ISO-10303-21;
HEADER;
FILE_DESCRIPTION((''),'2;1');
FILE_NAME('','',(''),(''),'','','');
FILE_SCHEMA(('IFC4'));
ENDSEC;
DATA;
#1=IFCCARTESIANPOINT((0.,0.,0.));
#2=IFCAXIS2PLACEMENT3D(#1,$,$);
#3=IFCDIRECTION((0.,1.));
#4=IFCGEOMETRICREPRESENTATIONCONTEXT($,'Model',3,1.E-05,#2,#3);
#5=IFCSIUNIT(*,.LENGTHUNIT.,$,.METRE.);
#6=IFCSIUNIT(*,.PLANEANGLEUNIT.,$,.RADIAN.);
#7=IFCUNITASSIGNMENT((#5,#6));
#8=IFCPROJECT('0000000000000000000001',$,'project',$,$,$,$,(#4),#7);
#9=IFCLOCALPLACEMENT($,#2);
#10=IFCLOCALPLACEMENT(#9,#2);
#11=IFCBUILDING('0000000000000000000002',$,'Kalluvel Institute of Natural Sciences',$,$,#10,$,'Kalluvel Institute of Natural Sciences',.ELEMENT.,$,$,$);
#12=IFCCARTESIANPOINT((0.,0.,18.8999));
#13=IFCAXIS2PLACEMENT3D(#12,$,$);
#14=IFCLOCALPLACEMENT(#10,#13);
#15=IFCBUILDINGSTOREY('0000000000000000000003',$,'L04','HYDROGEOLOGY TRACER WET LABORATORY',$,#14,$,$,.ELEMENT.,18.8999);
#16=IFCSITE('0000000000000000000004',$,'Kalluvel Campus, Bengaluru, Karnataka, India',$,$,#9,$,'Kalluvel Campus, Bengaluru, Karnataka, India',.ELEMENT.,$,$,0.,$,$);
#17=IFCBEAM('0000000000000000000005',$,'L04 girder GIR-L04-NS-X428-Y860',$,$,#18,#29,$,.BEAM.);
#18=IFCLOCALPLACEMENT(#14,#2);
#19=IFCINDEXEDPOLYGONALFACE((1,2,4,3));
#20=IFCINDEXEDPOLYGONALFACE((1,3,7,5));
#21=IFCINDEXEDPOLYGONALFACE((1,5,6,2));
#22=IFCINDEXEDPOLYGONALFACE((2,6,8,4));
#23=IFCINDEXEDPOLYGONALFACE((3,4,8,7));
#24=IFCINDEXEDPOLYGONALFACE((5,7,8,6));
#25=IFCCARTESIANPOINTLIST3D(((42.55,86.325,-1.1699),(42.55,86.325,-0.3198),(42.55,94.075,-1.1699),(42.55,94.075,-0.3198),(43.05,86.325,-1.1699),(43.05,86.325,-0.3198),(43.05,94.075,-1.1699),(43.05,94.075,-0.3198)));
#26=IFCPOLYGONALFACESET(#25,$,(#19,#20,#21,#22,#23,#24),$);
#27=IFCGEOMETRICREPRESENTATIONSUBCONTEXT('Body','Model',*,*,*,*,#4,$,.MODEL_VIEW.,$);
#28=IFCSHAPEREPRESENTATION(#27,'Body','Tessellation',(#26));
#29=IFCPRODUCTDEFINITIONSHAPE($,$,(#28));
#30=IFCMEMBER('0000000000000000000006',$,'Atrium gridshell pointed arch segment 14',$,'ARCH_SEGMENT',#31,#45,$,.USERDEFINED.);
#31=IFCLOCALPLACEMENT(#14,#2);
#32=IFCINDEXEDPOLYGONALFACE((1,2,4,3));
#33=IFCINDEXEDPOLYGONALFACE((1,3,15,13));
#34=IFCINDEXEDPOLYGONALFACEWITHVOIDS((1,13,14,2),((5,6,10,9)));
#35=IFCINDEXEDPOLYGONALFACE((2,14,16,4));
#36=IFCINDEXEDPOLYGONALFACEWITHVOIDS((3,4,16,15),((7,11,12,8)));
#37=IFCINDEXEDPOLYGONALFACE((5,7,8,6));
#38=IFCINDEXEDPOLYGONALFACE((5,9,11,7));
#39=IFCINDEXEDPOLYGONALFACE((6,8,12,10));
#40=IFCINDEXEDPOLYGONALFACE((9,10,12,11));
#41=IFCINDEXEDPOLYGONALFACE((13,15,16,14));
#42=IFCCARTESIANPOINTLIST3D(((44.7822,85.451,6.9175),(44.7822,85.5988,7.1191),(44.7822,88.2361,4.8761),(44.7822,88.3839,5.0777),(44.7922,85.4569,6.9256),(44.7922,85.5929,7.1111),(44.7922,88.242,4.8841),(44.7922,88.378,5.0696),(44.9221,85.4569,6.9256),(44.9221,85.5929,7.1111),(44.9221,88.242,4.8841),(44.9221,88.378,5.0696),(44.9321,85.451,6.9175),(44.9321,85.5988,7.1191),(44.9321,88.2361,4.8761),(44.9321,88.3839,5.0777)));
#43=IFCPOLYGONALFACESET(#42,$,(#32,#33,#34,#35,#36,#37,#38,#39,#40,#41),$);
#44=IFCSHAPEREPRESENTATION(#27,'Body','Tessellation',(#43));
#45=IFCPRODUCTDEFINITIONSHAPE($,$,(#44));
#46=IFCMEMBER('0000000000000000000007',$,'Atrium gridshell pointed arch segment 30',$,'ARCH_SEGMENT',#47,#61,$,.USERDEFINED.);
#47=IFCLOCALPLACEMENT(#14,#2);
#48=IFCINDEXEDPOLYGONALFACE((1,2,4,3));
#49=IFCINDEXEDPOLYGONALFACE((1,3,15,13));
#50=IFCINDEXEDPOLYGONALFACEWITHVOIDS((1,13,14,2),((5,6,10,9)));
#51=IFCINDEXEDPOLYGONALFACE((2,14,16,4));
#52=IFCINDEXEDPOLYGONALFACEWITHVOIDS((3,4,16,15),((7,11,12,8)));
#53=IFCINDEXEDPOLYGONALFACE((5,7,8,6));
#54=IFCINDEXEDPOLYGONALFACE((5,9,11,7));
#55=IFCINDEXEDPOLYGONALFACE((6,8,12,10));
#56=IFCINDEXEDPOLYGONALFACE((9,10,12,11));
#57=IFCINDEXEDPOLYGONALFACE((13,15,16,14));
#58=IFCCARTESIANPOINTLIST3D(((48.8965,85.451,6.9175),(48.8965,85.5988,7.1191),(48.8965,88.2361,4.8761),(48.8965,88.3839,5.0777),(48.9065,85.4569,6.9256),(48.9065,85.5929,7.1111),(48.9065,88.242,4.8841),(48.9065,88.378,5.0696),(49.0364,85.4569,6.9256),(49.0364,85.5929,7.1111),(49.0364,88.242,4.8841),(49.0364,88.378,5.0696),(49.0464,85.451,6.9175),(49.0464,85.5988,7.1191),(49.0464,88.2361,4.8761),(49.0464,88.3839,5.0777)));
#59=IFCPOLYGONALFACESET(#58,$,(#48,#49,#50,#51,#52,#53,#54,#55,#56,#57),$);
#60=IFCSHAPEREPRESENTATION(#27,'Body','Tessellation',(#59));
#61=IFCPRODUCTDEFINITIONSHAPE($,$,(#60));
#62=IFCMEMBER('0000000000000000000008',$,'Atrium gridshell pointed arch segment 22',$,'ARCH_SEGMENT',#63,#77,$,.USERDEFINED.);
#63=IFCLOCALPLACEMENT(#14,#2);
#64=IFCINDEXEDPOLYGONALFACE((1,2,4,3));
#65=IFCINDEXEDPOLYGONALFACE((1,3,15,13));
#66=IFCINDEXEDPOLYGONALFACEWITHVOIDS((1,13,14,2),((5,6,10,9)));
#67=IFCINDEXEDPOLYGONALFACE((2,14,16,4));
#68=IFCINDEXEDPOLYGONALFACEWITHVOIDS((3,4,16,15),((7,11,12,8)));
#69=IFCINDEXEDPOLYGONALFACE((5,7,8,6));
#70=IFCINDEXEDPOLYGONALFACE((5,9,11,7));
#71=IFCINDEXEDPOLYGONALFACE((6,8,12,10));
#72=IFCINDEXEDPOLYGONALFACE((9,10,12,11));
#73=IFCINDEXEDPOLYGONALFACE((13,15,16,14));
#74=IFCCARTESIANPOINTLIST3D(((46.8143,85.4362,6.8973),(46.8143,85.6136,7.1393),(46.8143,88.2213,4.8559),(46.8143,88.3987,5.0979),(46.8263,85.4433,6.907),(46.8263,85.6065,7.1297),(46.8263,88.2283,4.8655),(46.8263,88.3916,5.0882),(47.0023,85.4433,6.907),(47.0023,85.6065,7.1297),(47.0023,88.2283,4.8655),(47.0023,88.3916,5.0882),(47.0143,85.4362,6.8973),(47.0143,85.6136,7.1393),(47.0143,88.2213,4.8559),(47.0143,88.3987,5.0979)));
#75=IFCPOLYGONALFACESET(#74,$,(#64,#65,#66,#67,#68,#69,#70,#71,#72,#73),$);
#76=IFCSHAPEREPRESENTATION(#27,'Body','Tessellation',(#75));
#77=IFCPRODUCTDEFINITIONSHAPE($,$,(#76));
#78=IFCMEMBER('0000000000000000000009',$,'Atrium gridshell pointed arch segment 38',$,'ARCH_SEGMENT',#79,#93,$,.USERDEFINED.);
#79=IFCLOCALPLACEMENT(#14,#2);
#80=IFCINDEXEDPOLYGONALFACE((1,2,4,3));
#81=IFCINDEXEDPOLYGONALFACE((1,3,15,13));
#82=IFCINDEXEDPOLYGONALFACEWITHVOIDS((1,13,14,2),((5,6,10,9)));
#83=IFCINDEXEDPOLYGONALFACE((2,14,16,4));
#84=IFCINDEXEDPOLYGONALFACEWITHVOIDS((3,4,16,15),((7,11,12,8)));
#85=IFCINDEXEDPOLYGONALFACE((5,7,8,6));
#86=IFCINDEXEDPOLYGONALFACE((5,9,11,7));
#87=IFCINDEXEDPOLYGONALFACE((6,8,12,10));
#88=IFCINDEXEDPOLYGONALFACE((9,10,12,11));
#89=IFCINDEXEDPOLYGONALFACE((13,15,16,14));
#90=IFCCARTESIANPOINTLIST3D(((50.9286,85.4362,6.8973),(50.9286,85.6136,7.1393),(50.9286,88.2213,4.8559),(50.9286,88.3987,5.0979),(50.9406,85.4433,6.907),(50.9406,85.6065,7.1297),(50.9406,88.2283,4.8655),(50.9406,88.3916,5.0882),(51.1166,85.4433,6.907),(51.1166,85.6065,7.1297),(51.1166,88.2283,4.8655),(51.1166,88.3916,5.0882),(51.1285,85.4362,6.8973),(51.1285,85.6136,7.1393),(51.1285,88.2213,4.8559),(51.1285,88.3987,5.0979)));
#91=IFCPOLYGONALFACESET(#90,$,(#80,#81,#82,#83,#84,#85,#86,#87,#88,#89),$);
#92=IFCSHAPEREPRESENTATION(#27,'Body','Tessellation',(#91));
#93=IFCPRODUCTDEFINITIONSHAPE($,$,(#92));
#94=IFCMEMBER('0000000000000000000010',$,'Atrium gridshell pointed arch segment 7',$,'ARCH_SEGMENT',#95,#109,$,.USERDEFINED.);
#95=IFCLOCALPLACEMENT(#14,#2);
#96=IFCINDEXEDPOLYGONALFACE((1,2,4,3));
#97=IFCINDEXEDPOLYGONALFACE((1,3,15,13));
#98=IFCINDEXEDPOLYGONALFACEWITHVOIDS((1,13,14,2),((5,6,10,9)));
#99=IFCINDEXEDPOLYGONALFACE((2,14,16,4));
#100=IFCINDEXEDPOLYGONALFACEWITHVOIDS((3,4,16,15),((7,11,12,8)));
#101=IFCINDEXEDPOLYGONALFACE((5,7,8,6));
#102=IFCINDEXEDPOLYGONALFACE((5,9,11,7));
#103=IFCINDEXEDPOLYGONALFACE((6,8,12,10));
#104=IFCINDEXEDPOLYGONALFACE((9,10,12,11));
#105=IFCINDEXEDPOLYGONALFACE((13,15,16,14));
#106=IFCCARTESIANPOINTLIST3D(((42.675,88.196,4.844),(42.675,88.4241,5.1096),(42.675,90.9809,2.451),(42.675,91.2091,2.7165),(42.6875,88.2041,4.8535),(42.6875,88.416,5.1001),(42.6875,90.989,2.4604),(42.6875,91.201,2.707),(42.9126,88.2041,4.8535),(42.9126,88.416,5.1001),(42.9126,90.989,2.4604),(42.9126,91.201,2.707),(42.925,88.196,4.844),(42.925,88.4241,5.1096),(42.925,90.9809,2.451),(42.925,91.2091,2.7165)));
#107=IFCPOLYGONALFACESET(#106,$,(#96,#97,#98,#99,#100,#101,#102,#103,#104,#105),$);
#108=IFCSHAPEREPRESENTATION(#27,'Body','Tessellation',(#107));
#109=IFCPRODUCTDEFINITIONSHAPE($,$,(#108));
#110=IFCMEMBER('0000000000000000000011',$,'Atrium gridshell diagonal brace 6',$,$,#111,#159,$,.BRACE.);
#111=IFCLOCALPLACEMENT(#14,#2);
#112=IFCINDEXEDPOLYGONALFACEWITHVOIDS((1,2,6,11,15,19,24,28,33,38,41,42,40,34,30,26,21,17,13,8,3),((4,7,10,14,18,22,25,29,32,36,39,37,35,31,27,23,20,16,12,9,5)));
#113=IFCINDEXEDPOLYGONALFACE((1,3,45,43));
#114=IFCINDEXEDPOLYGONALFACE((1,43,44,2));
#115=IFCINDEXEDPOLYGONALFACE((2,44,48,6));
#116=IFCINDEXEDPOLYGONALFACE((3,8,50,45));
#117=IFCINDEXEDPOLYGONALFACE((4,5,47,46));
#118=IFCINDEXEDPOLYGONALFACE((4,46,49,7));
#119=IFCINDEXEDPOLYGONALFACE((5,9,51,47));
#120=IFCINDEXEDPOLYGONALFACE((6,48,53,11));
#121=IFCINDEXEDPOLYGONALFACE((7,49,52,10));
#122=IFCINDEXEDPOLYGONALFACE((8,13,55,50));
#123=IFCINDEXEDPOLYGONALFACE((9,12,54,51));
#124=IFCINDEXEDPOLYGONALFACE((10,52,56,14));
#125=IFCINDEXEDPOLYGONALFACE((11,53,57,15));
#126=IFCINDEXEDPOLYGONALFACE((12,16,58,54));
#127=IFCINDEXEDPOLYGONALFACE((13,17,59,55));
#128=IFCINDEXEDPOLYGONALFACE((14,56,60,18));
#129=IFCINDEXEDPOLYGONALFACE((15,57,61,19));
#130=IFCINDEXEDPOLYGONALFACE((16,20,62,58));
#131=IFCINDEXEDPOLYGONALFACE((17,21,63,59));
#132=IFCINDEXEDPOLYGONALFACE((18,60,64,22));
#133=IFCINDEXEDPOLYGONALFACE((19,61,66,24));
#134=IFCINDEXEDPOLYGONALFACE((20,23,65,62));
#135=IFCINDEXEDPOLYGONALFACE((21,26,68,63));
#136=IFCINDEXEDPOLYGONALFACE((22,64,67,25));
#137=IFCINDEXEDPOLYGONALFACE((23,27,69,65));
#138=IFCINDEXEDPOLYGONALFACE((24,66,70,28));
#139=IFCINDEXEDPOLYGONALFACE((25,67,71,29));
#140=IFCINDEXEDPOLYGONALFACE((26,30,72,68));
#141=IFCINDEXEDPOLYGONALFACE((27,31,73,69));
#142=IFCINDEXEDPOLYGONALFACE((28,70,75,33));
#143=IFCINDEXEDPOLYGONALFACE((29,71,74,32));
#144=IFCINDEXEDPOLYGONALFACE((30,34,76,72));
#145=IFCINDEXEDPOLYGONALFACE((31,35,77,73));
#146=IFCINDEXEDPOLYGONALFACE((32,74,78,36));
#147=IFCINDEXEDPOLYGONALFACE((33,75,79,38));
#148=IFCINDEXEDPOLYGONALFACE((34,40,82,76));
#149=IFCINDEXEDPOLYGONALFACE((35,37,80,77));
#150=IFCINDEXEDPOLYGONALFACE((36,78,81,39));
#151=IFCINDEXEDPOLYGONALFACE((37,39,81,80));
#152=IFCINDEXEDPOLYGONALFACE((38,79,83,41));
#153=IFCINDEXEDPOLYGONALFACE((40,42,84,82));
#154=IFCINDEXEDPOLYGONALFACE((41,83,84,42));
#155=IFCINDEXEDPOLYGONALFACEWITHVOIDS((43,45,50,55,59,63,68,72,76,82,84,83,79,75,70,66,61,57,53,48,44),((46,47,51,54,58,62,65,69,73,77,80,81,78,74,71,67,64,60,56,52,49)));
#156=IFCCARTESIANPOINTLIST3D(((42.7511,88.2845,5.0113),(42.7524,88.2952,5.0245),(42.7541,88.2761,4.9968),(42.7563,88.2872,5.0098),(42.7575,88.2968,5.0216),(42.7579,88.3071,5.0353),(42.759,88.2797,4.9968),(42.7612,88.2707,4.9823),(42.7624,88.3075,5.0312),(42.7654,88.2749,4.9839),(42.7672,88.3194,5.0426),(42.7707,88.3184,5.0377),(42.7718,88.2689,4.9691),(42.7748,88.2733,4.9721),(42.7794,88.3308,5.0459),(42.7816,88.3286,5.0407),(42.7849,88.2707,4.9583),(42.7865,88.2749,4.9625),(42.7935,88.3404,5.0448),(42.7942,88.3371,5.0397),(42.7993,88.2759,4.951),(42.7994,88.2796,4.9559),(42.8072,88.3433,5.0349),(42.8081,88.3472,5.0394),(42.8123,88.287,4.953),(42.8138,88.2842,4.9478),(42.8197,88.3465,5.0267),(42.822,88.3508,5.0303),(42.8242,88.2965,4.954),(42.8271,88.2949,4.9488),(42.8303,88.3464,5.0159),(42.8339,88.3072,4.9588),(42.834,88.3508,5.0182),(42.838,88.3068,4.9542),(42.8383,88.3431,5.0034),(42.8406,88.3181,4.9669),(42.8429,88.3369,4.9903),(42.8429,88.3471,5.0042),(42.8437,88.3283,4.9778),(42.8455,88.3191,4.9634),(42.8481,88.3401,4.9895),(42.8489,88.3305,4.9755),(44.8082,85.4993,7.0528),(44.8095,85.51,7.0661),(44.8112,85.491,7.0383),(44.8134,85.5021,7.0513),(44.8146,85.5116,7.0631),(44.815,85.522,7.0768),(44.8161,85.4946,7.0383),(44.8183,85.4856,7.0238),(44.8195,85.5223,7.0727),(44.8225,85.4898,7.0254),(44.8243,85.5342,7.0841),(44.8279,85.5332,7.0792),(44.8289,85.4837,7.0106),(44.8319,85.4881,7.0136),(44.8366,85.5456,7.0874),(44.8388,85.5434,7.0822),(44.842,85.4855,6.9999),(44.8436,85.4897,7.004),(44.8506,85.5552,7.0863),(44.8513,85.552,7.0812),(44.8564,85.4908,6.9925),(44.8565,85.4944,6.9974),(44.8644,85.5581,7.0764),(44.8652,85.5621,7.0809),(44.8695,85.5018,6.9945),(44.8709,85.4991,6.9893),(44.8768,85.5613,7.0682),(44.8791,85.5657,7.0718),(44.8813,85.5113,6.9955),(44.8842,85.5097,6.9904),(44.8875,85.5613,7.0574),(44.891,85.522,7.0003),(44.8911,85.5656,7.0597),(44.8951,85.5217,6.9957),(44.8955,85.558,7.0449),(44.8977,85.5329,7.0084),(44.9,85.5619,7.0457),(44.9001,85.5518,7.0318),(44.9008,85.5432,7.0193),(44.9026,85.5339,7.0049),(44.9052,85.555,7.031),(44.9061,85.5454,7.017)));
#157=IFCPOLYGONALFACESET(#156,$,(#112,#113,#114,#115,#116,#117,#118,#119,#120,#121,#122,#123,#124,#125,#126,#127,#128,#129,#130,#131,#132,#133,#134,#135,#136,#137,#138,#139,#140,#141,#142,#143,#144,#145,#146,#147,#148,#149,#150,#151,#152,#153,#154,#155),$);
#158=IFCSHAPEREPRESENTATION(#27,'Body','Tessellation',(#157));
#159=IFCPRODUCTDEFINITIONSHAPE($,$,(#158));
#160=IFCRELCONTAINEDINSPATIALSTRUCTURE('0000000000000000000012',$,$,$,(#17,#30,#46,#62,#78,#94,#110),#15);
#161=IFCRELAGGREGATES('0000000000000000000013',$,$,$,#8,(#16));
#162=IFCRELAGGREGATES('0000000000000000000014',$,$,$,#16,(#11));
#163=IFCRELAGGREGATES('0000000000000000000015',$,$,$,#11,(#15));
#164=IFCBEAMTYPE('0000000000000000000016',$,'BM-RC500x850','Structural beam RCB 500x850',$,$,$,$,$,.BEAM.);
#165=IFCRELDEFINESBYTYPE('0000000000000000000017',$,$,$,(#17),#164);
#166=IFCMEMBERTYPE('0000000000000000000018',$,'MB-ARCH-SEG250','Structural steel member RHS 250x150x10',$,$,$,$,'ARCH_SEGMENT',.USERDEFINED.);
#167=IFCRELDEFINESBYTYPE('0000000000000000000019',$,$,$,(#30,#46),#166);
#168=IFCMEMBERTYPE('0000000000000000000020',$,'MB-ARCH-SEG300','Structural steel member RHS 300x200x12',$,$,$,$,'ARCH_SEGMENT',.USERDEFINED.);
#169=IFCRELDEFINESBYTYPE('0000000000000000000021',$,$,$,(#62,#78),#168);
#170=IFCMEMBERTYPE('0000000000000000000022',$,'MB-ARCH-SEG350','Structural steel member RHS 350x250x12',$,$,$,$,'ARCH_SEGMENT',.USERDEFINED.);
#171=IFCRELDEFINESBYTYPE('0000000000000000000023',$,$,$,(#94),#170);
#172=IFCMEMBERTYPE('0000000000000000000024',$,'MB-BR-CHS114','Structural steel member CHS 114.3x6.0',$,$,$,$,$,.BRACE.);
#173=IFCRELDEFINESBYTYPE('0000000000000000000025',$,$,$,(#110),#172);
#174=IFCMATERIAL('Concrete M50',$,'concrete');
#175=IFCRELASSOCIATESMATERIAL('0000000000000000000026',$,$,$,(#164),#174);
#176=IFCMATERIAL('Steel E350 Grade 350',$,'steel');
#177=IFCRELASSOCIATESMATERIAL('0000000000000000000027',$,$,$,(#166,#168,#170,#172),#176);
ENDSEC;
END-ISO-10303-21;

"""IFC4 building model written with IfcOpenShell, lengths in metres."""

from ifc_helpers import new_model, si_unit, direction, frame, origin, origin_2d, place, context, subcontext, project, spatial, rectangle, hollow_rectangle, hollow_circle, extrude, material, material_profile, profile_set, type_object, element, save


model = new_model("IFC4")

# Units and contexts
model_context = context("Model", 3, precision=1e-05, world=origin(), true_north=direction((0.0, 1.0)))
body_context = subcontext(model_context, "Body", "Model", "MODEL_VIEW")
ifc_project = project(units=[si_unit("LENGTHUNIT", "METRE"), si_unit("PLANEANGLEUNIT", "RADIAN")], contexts=[model_context])

# Site, building, storey
site_placement = place(None, origin())
site = spatial("IfcSite", under=ifc_project, at=site_placement, Name="Kalluvel Campus, Bengaluru, Karnataka, India", LongName="Kalluvel Campus, Bengaluru, Karnataka, India", CompositionType="ELEMENT", RefElevation=0.0)
building_placement = place(site_placement, origin())
building = spatial("IfcBuilding", under=site, at=building_placement, Name="Kalluvel Institute of Natural Sciences", LongName="Kalluvel Institute of Natural Sciences", CompositionType="ELEMENT")
storey_placement = place(building_placement, frame((0.0, 0.0, 18.8999)))
storey = spatial("IfcBuildingStorey", under=building, at=storey_placement, Name="L04", Description="HYDROGEOLOGY TRACER WET LABORATORY", CompositionType="ELEMENT", Elevation=18.8999)

# Beam
ifc_material_1 = material(Name="Concrete M50", Category="concrete")
ifc_material_profile_1 = material_profile(ifc_material_1, rectangle(XDim=0.5, YDim=0.8501, at=origin_2d()), Name="RCB 500x850")
ifc_profile_set_1 = profile_set([ifc_material_profile_1], Name="Concrete M50")
beam_type = type_object("IfcBeamType", Name="BM-RC500x850", Description="Structural beam RCB 500x850", PredefinedType="BEAM", material=ifc_profile_set_1)
beam_placement = place(storey_placement, frame((42.8, 86.325, -0.7449), z_axis=(0.0, 1.0, 0.0), x_axis=(-1.0, 0.0, 0.0)))
element("IfcBeam", 1, at=beam_placement, inside=storey, type_object=beam_type, Name="L04 girder GIR-L04-NS-X428-Y860", PredefinedType="BEAM", context=body_context, shape_type="SweptSolid", body=[
    extrude(rectangle(XDim=0.5, YDim=0.8501, at=origin_2d()), origin(), (0.0, 0.0, 1.0), 7.75),
])

# Members
ifc_material_2 = material(Name="Steel E350 Grade 350", Category="steel")
ifc_material_profile_2 = material_profile(ifc_material_2, hollow_rectangle(XDim=0.1499, YDim=0.25, WallThickness=0.01, at=origin_2d()), Name="RHS 250x150x10")
ifc_profile_set_2 = profile_set([ifc_material_profile_2], Name="Steel E350 Grade 350")
member_type_1 = type_object("IfcMemberType", Name="MB-ARCH-SEG250", Description="Structural steel member RHS 250x150x10", ElementType="ARCH_SEGMENT", PredefinedType="USERDEFINED", material=ifc_profile_set_2)
for number, where, z_axis, x_axis, name in (
    (2, (44.8572, 85.5249, 7.0183), (0.0, 0.806535, -0.591186), (-1.0, 0.0, 0.0), "Atrium gridshell pointed arch segment 14"),
    (3, (48.9714, 85.5249, 7.0183), (0.0, 0.806535, -0.591186), (-1.0, 0.0, 0.0), "Atrium gridshell pointed arch segment 30"),
):
    element("IfcMember", number, at=place(storey_placement, frame(where, z_axis=z_axis, x_axis=x_axis)), inside=storey, type_object=member_type_1, Name=name, ObjectType="ARCH_SEGMENT", PredefinedType="USERDEFINED", context=body_context, shape_type="SweptSolid", body=[
        extrude(hollow_rectangle(XDim=0.1499, YDim=0.25, WallThickness=0.01, at=origin_2d()), origin(), (0.0, 0.0, 1.0), 3.4531),
    ])
ifc_material_profile_3 = material_profile(ifc_material_2, hollow_rectangle(XDim=0.2, YDim=0.3, WallThickness=0.012, at=origin_2d()), Name="RHS 300x200x12")
ifc_profile_set_3 = profile_set([ifc_material_profile_3], Name="Steel E350 Grade 350")
member_type_2 = type_object("IfcMemberType", Name="MB-ARCH-SEG300", Description="Structural steel member RHS 300x200x12", ElementType="ARCH_SEGMENT", PredefinedType="USERDEFINED", material=ifc_profile_set_3)
for number, where, z_axis, x_axis, name in (
    (4, (46.9143, 85.5249, 7.0183), (0.0, 0.806535, -0.591186), (-1.0, 0.0, 0.0), "Atrium gridshell pointed arch segment 22"),
    (5, (51.0286, 85.5249, 7.0183), (0.0, 0.806535, -0.591186), (-1.0, 0.0, 0.0), "Atrium gridshell pointed arch segment 38"),
):
    element("IfcMember", number, at=place(storey_placement, frame(where, z_axis=z_axis, x_axis=x_axis)), inside=storey, type_object=member_type_2, Name=name, ObjectType="ARCH_SEGMENT", PredefinedType="USERDEFINED", context=body_context, shape_type="SweptSolid", body=[
        extrude(hollow_rectangle(XDim=0.2, YDim=0.3, WallThickness=0.012, at=origin_2d()), origin(), (0.0, 0.0, 1.0), 3.4531),
    ])
ifc_material_profile_4 = material_profile(ifc_material_2, hollow_rectangle(XDim=0.25, YDim=0.3501, WallThickness=0.0125, at=origin_2d()), Name="RHS 350x250x12")
ifc_profile_set_4 = profile_set([ifc_material_profile_4], Name="Steel E350 Grade 350")
member_type_3 = type_object("IfcMemberType", Name="MB-ARCH-SEG350", Description="Structural steel member RHS 350x250x12", ElementType="ARCH_SEGMENT", PredefinedType="USERDEFINED", material=ifc_profile_set_4)
member_placement = place(storey_placement, frame((42.8, 88.3101, 4.9768), z_axis=(0.0, 0.758449, -0.651733), x_axis=(-1.0, 0.0, 0.0)))
element("IfcMember", 6, at=member_placement, inside=storey, type_object=member_type_3, Name="Atrium gridshell pointed arch segment 7", ObjectType="ARCH_SEGMENT", PredefinedType="USERDEFINED", context=body_context, shape_type="SweptSolid", body=[
    extrude(hollow_rectangle(XDim=0.25, YDim=0.3501, WallThickness=0.0125, at=origin_2d()), origin(), (0.0, 0.0, 1.0), 3.6719),
])
ifc_material_profile_5 = material_profile(ifc_material_2, hollow_circle(Radius=0.0571, WallThickness=0.0061, at=origin_2d()), Name="CHS 114.3x6.0")
ifc_profile_set_5 = profile_set([ifc_material_profile_5], Name="Steel E350 Grade 350")
member_type_4 = type_object("IfcMemberType", Name="MB-BR-CHS114", Description="Structural steel member CHS 114.3x6.0", PredefinedType="BRACE", material=ifc_profile_set_5)
for number, where, z_axis, x_axis, name in (
    (7, (44.8572, 85.5249, 7.0383), (-0.511784, 0.692906, -0.507896), (-0.804378, -0.594117, 0.0), "Atrium gridshell diagonal brace 6"),
):
    element("IfcMember", number, at=place(storey_placement, frame(where, z_axis=z_axis, x_axis=x_axis)), inside=storey, type_object=member_type_4, Name=name, PredefinedType="BRACE", context=body_context, shape_type="SweptSolid", body=[
        extrude(hollow_circle(Radius=0.0571, WallThickness=0.0061, at=origin_2d()), origin(), (0.0, 0.0, 1.0), 4.0195),
    ])

save(model, "model.ifc")
